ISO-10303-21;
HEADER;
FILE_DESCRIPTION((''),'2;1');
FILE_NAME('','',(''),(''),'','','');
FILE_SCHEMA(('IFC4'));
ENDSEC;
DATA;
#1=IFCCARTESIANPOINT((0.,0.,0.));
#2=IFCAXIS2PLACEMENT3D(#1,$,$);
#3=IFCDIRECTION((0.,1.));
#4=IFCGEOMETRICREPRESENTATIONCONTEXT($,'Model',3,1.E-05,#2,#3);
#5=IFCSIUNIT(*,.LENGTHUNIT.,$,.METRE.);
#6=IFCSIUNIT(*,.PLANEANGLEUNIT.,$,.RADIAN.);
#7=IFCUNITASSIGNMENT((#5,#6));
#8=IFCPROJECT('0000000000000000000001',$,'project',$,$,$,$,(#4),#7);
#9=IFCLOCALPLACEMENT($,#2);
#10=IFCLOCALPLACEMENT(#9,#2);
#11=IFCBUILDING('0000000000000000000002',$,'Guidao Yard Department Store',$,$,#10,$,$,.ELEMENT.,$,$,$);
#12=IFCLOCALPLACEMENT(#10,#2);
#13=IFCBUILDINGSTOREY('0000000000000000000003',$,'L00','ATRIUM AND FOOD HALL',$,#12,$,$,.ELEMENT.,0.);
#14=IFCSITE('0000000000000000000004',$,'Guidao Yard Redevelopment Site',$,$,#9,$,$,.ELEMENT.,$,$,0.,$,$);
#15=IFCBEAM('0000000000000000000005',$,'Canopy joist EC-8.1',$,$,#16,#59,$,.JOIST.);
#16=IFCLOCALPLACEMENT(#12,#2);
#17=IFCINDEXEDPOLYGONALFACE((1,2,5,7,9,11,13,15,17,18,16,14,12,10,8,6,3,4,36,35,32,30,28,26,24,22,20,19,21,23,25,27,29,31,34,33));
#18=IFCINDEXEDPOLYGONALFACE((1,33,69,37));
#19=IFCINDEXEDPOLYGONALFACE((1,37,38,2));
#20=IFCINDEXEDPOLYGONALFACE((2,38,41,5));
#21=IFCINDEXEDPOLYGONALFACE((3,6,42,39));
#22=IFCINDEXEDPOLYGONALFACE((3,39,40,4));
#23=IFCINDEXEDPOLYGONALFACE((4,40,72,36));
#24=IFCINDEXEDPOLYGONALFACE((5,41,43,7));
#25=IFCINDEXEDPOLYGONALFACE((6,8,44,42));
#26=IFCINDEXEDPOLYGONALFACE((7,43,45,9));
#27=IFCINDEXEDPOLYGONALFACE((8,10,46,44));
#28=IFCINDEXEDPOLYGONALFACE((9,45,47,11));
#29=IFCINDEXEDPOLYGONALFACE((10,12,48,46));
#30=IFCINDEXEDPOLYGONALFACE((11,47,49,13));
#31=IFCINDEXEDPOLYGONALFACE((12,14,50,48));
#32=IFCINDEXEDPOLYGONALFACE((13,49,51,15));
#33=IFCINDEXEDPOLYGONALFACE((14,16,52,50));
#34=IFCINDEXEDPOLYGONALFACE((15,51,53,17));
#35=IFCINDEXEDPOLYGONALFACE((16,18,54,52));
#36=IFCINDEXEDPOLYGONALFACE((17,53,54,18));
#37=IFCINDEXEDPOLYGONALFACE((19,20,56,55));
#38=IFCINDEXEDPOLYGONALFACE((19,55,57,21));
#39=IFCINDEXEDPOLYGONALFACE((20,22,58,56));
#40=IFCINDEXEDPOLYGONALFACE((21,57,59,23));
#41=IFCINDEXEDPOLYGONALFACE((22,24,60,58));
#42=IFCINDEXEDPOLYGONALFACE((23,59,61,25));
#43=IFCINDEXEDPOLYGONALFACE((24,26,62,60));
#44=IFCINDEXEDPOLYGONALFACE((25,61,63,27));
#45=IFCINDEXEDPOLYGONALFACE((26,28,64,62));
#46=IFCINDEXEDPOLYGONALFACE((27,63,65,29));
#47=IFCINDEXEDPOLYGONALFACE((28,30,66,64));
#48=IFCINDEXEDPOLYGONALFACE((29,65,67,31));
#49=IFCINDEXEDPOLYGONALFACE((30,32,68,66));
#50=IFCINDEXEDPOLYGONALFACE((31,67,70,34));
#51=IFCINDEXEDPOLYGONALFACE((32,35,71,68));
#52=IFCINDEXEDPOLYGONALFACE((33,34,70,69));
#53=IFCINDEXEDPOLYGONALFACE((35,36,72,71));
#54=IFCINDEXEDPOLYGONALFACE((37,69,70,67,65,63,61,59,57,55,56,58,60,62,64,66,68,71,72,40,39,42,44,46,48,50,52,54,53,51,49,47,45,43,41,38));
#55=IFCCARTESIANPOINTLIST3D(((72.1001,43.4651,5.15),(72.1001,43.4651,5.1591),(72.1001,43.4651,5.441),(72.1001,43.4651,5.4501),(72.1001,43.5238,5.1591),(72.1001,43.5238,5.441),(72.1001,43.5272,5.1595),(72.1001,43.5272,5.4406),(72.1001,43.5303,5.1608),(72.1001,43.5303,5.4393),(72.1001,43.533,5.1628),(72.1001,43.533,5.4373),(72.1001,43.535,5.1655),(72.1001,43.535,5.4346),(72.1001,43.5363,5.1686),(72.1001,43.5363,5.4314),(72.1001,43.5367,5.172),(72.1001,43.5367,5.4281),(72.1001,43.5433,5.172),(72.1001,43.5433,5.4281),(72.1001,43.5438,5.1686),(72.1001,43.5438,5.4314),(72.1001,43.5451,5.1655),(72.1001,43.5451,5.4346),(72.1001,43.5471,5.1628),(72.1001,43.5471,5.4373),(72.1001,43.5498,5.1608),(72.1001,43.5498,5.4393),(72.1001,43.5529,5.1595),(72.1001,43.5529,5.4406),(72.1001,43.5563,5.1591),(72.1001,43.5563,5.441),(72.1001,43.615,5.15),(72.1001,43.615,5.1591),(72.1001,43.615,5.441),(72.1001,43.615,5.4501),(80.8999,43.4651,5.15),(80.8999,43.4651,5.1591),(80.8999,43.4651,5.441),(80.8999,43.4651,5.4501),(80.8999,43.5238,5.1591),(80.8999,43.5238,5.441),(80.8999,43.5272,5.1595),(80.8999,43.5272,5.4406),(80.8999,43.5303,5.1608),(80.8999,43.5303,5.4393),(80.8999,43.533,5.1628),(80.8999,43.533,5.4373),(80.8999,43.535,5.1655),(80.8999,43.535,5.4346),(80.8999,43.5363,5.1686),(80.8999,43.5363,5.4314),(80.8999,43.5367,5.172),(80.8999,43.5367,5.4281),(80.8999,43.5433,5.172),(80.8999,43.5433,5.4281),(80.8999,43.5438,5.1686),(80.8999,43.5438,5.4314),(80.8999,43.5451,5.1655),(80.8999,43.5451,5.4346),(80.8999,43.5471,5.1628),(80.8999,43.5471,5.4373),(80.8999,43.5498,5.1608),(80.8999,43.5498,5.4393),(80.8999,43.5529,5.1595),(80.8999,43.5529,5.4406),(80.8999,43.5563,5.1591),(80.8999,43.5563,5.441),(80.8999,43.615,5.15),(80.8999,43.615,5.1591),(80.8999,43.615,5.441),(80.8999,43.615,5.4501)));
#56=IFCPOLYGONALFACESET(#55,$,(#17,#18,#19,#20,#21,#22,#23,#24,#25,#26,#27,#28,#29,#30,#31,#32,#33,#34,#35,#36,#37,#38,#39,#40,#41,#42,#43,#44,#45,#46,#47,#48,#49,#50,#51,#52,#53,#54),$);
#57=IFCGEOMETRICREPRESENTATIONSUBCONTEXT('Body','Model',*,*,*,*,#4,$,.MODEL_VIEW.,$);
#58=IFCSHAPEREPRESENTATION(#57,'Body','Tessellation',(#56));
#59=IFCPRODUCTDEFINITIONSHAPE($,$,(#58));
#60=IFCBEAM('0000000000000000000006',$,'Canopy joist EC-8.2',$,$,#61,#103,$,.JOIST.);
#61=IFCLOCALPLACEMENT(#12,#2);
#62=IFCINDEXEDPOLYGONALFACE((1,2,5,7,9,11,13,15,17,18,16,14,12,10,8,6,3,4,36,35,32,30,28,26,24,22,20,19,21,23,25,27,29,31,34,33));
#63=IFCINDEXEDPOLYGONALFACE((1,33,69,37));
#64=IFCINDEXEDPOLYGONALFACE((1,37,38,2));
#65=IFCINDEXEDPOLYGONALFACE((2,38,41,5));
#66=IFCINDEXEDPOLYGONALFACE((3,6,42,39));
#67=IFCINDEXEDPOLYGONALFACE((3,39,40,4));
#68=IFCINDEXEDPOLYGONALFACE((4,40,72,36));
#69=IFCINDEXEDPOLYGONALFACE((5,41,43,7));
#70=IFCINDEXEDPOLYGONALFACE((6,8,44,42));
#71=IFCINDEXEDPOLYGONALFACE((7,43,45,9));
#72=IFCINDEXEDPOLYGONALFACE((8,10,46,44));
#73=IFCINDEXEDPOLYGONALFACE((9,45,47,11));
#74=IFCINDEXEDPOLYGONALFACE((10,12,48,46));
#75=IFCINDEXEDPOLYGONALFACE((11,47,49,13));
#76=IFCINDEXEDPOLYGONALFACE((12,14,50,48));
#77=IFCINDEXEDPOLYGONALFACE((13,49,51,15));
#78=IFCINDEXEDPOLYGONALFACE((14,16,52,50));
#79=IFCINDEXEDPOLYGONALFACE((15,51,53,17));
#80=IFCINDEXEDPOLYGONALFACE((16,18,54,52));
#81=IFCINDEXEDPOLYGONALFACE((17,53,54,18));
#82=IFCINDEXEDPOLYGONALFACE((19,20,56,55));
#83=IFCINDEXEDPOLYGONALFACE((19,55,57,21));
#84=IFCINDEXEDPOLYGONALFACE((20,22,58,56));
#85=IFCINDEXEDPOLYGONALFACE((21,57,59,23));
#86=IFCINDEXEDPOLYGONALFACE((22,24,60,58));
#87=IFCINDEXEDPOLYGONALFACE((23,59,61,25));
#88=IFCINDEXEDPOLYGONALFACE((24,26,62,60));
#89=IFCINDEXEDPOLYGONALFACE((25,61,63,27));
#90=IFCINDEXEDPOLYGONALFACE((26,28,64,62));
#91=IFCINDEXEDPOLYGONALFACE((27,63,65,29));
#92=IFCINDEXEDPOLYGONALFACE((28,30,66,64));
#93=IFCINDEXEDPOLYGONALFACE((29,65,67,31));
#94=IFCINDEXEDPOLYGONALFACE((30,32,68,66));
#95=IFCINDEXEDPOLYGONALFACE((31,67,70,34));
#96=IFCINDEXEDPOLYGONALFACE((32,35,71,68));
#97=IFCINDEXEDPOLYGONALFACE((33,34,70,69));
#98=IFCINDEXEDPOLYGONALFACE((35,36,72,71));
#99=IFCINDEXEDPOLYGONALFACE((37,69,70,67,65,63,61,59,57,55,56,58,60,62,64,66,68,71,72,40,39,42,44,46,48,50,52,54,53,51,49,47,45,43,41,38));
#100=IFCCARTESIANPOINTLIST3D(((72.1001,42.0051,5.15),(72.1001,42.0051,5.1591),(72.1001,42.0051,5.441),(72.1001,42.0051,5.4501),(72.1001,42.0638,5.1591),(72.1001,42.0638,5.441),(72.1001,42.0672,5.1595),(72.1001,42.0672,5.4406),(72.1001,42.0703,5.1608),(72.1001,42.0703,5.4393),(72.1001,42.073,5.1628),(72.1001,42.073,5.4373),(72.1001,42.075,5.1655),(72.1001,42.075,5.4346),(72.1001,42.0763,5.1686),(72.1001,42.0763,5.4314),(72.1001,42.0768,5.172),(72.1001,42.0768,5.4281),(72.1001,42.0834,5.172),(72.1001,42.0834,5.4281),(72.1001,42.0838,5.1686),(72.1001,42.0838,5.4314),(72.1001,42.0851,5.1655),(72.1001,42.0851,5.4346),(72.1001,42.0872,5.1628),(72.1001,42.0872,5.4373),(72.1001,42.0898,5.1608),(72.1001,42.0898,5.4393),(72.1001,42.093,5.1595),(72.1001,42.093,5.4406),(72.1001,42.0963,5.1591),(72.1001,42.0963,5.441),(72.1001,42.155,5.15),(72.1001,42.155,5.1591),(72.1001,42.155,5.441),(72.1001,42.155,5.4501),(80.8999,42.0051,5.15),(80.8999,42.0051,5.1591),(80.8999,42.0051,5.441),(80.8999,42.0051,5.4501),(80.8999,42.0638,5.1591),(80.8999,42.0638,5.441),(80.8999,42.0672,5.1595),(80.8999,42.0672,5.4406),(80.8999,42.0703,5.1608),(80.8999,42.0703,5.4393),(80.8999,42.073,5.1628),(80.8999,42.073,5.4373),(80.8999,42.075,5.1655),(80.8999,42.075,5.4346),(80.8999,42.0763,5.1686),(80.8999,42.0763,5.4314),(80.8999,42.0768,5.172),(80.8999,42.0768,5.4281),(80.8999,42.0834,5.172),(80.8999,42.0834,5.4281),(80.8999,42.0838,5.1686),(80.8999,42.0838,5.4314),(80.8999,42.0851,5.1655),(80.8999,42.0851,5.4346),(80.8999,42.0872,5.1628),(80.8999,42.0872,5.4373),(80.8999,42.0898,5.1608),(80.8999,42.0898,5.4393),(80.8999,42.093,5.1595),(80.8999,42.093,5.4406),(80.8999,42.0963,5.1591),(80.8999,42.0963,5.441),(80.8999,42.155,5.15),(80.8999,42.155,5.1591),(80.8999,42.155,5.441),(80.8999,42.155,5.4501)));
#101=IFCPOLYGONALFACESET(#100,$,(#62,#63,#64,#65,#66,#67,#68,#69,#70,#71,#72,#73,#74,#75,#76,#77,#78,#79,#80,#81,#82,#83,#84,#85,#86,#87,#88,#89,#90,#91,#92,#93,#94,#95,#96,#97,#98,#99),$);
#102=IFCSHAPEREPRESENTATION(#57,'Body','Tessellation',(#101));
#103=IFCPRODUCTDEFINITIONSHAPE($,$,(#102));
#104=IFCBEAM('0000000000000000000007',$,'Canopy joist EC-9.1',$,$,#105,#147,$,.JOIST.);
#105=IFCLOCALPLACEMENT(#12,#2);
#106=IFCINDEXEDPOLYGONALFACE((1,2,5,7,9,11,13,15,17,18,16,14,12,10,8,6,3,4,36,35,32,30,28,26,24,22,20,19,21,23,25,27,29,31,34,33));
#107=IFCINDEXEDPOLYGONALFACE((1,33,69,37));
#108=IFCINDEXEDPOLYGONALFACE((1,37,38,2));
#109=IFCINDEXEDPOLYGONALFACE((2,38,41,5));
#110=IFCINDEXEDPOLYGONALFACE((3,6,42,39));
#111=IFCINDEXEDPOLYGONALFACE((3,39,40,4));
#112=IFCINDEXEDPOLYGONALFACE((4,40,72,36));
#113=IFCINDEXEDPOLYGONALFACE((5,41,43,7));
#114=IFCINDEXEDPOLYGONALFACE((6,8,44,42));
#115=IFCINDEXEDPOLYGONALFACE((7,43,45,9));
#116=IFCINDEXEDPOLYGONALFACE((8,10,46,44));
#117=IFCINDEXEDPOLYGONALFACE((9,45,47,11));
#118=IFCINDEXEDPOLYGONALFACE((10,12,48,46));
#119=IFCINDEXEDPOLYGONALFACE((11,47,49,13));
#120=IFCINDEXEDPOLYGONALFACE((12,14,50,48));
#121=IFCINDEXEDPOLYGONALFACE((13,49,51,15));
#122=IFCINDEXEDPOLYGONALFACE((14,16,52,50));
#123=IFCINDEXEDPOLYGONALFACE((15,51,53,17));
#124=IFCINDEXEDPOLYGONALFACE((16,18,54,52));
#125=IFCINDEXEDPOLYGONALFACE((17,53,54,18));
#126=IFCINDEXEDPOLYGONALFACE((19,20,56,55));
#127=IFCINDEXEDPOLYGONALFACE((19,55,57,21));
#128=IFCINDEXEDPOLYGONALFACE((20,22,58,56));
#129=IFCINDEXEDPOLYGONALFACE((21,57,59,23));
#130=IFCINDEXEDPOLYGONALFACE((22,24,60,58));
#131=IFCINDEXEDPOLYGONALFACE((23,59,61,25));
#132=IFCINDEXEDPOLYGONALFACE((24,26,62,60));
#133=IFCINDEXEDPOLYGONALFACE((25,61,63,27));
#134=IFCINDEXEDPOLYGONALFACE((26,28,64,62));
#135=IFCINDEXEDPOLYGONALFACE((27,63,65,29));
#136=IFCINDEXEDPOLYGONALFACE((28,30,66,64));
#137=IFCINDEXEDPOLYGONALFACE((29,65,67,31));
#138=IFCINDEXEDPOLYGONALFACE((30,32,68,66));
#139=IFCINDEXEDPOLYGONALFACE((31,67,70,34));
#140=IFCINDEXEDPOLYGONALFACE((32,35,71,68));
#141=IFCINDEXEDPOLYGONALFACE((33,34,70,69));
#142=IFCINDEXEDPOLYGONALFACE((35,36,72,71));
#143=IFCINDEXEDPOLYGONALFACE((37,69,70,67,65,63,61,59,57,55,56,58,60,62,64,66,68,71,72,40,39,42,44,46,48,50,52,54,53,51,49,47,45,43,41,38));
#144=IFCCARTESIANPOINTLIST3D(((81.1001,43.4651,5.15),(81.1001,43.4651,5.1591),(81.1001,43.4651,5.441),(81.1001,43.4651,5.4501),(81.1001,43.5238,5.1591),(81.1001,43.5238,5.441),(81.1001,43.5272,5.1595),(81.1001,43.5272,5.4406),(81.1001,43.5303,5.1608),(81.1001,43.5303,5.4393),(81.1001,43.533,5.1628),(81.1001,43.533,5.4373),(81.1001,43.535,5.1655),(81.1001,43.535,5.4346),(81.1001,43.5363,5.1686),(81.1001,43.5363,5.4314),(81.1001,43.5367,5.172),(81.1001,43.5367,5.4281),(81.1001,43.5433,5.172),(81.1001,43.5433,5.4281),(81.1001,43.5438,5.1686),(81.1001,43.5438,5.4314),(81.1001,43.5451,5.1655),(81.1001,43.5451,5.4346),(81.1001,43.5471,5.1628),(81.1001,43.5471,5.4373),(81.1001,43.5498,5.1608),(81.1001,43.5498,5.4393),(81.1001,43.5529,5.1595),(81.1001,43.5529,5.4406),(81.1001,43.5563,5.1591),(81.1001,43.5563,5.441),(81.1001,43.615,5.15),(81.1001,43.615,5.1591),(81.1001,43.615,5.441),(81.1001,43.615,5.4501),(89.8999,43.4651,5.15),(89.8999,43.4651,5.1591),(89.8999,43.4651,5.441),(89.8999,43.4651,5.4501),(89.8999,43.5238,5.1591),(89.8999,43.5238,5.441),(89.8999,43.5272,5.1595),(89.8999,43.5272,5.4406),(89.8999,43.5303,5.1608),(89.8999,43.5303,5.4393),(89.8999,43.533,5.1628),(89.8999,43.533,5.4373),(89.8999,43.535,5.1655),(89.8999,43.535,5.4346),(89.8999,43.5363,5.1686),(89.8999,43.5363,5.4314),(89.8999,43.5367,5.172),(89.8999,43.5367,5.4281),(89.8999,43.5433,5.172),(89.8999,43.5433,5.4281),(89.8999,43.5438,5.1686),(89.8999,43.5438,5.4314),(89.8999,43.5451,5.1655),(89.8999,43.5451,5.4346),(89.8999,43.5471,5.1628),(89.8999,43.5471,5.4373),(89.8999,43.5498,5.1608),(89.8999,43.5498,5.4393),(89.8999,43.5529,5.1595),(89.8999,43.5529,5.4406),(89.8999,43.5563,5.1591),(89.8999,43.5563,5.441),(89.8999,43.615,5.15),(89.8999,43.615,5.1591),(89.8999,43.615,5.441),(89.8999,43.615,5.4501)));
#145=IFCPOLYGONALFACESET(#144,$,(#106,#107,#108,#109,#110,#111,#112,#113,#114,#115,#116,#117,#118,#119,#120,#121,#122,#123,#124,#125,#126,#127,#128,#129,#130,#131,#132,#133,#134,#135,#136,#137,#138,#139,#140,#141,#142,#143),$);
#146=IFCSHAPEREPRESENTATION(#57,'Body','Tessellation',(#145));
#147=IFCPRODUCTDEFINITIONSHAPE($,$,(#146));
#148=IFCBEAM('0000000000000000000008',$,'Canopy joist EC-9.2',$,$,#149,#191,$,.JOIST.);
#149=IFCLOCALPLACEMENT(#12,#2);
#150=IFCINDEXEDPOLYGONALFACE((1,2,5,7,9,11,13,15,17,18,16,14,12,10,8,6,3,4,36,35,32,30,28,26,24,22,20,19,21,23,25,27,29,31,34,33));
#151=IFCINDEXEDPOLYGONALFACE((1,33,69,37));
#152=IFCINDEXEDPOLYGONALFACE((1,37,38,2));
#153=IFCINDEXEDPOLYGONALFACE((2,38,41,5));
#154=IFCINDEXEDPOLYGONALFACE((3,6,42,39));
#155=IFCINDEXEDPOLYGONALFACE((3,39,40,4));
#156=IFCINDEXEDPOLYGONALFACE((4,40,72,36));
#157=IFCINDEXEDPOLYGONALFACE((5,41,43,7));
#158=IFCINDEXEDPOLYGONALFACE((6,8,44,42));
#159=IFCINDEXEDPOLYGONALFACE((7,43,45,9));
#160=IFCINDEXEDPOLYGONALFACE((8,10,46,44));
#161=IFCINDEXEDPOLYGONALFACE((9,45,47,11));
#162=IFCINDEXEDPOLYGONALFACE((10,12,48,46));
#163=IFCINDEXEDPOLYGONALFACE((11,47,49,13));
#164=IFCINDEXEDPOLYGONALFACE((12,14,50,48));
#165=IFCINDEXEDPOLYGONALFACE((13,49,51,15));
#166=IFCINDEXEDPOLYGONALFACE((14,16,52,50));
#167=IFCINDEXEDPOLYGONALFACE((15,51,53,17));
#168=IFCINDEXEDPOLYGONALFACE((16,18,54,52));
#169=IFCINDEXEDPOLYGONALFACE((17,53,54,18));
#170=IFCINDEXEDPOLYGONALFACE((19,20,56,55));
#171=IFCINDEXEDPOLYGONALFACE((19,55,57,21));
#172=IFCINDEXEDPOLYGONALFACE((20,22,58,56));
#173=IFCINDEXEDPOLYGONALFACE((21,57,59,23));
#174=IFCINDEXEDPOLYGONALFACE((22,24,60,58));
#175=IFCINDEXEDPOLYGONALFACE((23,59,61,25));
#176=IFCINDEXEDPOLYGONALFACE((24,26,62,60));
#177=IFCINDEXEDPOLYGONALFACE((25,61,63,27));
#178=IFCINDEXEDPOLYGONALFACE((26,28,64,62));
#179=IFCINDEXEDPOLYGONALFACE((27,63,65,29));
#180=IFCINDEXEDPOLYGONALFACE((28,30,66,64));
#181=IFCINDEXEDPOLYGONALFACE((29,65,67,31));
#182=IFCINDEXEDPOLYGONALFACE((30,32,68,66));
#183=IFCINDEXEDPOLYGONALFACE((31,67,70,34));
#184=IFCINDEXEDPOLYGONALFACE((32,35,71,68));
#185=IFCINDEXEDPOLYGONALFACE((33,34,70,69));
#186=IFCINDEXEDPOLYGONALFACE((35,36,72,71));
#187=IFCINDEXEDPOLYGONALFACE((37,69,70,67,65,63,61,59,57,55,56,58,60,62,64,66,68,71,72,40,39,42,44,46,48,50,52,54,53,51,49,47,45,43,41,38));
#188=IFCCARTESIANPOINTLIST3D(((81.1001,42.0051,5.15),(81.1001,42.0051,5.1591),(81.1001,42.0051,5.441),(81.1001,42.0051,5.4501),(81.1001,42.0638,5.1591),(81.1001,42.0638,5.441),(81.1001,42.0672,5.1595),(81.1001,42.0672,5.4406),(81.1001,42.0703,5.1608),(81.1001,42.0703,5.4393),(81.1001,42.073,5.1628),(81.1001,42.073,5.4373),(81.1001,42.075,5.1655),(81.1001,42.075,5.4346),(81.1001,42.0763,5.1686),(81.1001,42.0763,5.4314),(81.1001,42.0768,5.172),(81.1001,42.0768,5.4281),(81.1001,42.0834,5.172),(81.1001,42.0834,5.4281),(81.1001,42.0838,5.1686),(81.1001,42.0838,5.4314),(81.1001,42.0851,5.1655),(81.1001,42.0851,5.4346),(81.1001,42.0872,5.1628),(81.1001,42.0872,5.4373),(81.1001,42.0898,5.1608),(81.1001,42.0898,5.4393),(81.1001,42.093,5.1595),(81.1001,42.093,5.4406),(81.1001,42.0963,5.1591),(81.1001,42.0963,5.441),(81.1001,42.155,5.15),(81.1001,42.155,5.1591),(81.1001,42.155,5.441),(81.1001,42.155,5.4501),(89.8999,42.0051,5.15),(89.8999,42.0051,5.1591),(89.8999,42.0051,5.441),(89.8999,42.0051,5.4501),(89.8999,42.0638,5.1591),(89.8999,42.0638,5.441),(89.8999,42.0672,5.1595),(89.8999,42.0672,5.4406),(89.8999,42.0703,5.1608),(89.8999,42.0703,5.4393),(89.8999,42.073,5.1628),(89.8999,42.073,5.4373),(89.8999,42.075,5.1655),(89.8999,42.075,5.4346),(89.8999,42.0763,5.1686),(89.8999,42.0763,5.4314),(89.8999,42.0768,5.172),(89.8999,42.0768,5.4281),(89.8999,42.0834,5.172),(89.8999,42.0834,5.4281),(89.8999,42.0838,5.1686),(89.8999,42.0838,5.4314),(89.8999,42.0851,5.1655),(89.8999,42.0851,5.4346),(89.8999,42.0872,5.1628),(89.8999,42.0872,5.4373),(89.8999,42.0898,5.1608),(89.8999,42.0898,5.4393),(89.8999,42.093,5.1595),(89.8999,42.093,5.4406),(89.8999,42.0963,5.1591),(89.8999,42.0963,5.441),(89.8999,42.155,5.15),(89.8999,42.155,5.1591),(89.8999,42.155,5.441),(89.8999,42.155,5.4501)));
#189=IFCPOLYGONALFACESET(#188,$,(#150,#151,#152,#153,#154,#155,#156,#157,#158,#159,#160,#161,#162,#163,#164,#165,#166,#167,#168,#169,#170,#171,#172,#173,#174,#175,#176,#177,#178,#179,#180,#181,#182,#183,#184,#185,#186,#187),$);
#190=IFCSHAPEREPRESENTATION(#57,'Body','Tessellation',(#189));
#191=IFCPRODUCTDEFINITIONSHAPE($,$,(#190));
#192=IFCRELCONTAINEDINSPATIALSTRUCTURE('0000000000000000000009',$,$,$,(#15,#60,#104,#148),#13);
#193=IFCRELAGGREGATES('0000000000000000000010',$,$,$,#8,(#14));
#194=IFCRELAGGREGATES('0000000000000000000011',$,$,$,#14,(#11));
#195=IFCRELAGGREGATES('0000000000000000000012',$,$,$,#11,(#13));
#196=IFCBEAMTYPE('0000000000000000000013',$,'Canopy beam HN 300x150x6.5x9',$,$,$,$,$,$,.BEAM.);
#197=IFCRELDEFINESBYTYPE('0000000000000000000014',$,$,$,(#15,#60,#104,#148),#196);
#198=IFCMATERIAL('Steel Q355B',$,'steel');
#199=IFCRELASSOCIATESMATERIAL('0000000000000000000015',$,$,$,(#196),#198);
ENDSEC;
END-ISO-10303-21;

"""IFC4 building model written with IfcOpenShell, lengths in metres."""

from ifc_helpers import new_model, si_unit, direction, frame, origin, origin_2d, place, context, subcontext, project, spatial, i_section, extrude, material, material_profile, profile_set, type_object, element, save


model = new_model("IFC4")

# Units and contexts
model_context = context("Model", 3, precision=1e-05, world=origin(), true_north=direction((0.0, 1.0)))
body_context = subcontext(model_context, "Body", "Model", "MODEL_VIEW")
ifc_project = project(units=[si_unit("LENGTHUNIT", "METRE"), si_unit("PLANEANGLEUNIT", "RADIAN")], contexts=[model_context])

# Site, building, storey
site_placement = place(None, origin())
site = spatial("IfcSite", under=ifc_project, at=site_placement, Name="Guidao Yard Redevelopment Site", CompositionType="ELEMENT", RefElevation=0.0)
building_placement = place(site_placement, origin())
building = spatial("IfcBuilding", under=site, at=building_placement, Name="Guidao Yard Department Store", CompositionType="ELEMENT")
storey_placement = place(building_placement, origin())
storey = spatial("IfcBuildingStorey", under=building, at=storey_placement, Name="L00", Description="ATRIUM AND FOOD HALL", CompositionType="ELEMENT", Elevation=0.0)

# Beams
ifc_material_1 = material(Name="Steel Q355B", Category="steel")
ifc_material_profile_1 = material_profile(ifc_material_1, i_section(OverallWidth=0.1499, OverallDepth=0.3, WebThickness=0.0066, FlangeThickness=0.009, FilletRadius=0.0129, at=origin_2d()), Name="HN 300x150x6.5x9")
ifc_profile_set_1 = profile_set([ifc_material_profile_1], Name="Steel Q355B")
beam_type_1 = type_object("IfcBeamType", Name="Canopy beam HN 300x150x6.5x9", PredefinedType="BEAM", material=ifc_profile_set_1)
for number, where, z_axis, x_axis, name in (
    (1, (72.1001, 43.54, 5.3), (1.0, 0.0, 0.0), (0.0, 1.0, 0.0), "Canopy joist EC-8.1"),
    (2, (72.1001, 42.0801, 5.3), (1.0, 0.0, 0.0), (0.0, 1.0, 0.0), "Canopy joist EC-8.2"),
    (3, (81.1001, 43.54, 5.3), (1.0, 0.0, 0.0), (0.0, 1.0, 0.0), "Canopy joist EC-9.1"),
    (4, (81.1001, 42.0801, 5.3), (1.0, 0.0, 0.0), (0.0, 1.0, 0.0), "Canopy joist EC-9.2"),
):
    element("IfcBeam", number, at=place(storey_placement, frame(where, z_axis=z_axis, x_axis=x_axis)), inside=storey, type_object=beam_type_1, Name=name, PredefinedType="JOIST", context=body_context, shape_type="SweptSolid", body=[
        extrude(i_section(OverallWidth=0.1499, OverallDepth=0.3, WebThickness=0.0066, FlangeThickness=0.009, FilletRadius=0.0129, at=origin_2d()), origin(), (0.0, 0.0, 1.0), 8.7998),
    ])

save(model, "model.ifc")
